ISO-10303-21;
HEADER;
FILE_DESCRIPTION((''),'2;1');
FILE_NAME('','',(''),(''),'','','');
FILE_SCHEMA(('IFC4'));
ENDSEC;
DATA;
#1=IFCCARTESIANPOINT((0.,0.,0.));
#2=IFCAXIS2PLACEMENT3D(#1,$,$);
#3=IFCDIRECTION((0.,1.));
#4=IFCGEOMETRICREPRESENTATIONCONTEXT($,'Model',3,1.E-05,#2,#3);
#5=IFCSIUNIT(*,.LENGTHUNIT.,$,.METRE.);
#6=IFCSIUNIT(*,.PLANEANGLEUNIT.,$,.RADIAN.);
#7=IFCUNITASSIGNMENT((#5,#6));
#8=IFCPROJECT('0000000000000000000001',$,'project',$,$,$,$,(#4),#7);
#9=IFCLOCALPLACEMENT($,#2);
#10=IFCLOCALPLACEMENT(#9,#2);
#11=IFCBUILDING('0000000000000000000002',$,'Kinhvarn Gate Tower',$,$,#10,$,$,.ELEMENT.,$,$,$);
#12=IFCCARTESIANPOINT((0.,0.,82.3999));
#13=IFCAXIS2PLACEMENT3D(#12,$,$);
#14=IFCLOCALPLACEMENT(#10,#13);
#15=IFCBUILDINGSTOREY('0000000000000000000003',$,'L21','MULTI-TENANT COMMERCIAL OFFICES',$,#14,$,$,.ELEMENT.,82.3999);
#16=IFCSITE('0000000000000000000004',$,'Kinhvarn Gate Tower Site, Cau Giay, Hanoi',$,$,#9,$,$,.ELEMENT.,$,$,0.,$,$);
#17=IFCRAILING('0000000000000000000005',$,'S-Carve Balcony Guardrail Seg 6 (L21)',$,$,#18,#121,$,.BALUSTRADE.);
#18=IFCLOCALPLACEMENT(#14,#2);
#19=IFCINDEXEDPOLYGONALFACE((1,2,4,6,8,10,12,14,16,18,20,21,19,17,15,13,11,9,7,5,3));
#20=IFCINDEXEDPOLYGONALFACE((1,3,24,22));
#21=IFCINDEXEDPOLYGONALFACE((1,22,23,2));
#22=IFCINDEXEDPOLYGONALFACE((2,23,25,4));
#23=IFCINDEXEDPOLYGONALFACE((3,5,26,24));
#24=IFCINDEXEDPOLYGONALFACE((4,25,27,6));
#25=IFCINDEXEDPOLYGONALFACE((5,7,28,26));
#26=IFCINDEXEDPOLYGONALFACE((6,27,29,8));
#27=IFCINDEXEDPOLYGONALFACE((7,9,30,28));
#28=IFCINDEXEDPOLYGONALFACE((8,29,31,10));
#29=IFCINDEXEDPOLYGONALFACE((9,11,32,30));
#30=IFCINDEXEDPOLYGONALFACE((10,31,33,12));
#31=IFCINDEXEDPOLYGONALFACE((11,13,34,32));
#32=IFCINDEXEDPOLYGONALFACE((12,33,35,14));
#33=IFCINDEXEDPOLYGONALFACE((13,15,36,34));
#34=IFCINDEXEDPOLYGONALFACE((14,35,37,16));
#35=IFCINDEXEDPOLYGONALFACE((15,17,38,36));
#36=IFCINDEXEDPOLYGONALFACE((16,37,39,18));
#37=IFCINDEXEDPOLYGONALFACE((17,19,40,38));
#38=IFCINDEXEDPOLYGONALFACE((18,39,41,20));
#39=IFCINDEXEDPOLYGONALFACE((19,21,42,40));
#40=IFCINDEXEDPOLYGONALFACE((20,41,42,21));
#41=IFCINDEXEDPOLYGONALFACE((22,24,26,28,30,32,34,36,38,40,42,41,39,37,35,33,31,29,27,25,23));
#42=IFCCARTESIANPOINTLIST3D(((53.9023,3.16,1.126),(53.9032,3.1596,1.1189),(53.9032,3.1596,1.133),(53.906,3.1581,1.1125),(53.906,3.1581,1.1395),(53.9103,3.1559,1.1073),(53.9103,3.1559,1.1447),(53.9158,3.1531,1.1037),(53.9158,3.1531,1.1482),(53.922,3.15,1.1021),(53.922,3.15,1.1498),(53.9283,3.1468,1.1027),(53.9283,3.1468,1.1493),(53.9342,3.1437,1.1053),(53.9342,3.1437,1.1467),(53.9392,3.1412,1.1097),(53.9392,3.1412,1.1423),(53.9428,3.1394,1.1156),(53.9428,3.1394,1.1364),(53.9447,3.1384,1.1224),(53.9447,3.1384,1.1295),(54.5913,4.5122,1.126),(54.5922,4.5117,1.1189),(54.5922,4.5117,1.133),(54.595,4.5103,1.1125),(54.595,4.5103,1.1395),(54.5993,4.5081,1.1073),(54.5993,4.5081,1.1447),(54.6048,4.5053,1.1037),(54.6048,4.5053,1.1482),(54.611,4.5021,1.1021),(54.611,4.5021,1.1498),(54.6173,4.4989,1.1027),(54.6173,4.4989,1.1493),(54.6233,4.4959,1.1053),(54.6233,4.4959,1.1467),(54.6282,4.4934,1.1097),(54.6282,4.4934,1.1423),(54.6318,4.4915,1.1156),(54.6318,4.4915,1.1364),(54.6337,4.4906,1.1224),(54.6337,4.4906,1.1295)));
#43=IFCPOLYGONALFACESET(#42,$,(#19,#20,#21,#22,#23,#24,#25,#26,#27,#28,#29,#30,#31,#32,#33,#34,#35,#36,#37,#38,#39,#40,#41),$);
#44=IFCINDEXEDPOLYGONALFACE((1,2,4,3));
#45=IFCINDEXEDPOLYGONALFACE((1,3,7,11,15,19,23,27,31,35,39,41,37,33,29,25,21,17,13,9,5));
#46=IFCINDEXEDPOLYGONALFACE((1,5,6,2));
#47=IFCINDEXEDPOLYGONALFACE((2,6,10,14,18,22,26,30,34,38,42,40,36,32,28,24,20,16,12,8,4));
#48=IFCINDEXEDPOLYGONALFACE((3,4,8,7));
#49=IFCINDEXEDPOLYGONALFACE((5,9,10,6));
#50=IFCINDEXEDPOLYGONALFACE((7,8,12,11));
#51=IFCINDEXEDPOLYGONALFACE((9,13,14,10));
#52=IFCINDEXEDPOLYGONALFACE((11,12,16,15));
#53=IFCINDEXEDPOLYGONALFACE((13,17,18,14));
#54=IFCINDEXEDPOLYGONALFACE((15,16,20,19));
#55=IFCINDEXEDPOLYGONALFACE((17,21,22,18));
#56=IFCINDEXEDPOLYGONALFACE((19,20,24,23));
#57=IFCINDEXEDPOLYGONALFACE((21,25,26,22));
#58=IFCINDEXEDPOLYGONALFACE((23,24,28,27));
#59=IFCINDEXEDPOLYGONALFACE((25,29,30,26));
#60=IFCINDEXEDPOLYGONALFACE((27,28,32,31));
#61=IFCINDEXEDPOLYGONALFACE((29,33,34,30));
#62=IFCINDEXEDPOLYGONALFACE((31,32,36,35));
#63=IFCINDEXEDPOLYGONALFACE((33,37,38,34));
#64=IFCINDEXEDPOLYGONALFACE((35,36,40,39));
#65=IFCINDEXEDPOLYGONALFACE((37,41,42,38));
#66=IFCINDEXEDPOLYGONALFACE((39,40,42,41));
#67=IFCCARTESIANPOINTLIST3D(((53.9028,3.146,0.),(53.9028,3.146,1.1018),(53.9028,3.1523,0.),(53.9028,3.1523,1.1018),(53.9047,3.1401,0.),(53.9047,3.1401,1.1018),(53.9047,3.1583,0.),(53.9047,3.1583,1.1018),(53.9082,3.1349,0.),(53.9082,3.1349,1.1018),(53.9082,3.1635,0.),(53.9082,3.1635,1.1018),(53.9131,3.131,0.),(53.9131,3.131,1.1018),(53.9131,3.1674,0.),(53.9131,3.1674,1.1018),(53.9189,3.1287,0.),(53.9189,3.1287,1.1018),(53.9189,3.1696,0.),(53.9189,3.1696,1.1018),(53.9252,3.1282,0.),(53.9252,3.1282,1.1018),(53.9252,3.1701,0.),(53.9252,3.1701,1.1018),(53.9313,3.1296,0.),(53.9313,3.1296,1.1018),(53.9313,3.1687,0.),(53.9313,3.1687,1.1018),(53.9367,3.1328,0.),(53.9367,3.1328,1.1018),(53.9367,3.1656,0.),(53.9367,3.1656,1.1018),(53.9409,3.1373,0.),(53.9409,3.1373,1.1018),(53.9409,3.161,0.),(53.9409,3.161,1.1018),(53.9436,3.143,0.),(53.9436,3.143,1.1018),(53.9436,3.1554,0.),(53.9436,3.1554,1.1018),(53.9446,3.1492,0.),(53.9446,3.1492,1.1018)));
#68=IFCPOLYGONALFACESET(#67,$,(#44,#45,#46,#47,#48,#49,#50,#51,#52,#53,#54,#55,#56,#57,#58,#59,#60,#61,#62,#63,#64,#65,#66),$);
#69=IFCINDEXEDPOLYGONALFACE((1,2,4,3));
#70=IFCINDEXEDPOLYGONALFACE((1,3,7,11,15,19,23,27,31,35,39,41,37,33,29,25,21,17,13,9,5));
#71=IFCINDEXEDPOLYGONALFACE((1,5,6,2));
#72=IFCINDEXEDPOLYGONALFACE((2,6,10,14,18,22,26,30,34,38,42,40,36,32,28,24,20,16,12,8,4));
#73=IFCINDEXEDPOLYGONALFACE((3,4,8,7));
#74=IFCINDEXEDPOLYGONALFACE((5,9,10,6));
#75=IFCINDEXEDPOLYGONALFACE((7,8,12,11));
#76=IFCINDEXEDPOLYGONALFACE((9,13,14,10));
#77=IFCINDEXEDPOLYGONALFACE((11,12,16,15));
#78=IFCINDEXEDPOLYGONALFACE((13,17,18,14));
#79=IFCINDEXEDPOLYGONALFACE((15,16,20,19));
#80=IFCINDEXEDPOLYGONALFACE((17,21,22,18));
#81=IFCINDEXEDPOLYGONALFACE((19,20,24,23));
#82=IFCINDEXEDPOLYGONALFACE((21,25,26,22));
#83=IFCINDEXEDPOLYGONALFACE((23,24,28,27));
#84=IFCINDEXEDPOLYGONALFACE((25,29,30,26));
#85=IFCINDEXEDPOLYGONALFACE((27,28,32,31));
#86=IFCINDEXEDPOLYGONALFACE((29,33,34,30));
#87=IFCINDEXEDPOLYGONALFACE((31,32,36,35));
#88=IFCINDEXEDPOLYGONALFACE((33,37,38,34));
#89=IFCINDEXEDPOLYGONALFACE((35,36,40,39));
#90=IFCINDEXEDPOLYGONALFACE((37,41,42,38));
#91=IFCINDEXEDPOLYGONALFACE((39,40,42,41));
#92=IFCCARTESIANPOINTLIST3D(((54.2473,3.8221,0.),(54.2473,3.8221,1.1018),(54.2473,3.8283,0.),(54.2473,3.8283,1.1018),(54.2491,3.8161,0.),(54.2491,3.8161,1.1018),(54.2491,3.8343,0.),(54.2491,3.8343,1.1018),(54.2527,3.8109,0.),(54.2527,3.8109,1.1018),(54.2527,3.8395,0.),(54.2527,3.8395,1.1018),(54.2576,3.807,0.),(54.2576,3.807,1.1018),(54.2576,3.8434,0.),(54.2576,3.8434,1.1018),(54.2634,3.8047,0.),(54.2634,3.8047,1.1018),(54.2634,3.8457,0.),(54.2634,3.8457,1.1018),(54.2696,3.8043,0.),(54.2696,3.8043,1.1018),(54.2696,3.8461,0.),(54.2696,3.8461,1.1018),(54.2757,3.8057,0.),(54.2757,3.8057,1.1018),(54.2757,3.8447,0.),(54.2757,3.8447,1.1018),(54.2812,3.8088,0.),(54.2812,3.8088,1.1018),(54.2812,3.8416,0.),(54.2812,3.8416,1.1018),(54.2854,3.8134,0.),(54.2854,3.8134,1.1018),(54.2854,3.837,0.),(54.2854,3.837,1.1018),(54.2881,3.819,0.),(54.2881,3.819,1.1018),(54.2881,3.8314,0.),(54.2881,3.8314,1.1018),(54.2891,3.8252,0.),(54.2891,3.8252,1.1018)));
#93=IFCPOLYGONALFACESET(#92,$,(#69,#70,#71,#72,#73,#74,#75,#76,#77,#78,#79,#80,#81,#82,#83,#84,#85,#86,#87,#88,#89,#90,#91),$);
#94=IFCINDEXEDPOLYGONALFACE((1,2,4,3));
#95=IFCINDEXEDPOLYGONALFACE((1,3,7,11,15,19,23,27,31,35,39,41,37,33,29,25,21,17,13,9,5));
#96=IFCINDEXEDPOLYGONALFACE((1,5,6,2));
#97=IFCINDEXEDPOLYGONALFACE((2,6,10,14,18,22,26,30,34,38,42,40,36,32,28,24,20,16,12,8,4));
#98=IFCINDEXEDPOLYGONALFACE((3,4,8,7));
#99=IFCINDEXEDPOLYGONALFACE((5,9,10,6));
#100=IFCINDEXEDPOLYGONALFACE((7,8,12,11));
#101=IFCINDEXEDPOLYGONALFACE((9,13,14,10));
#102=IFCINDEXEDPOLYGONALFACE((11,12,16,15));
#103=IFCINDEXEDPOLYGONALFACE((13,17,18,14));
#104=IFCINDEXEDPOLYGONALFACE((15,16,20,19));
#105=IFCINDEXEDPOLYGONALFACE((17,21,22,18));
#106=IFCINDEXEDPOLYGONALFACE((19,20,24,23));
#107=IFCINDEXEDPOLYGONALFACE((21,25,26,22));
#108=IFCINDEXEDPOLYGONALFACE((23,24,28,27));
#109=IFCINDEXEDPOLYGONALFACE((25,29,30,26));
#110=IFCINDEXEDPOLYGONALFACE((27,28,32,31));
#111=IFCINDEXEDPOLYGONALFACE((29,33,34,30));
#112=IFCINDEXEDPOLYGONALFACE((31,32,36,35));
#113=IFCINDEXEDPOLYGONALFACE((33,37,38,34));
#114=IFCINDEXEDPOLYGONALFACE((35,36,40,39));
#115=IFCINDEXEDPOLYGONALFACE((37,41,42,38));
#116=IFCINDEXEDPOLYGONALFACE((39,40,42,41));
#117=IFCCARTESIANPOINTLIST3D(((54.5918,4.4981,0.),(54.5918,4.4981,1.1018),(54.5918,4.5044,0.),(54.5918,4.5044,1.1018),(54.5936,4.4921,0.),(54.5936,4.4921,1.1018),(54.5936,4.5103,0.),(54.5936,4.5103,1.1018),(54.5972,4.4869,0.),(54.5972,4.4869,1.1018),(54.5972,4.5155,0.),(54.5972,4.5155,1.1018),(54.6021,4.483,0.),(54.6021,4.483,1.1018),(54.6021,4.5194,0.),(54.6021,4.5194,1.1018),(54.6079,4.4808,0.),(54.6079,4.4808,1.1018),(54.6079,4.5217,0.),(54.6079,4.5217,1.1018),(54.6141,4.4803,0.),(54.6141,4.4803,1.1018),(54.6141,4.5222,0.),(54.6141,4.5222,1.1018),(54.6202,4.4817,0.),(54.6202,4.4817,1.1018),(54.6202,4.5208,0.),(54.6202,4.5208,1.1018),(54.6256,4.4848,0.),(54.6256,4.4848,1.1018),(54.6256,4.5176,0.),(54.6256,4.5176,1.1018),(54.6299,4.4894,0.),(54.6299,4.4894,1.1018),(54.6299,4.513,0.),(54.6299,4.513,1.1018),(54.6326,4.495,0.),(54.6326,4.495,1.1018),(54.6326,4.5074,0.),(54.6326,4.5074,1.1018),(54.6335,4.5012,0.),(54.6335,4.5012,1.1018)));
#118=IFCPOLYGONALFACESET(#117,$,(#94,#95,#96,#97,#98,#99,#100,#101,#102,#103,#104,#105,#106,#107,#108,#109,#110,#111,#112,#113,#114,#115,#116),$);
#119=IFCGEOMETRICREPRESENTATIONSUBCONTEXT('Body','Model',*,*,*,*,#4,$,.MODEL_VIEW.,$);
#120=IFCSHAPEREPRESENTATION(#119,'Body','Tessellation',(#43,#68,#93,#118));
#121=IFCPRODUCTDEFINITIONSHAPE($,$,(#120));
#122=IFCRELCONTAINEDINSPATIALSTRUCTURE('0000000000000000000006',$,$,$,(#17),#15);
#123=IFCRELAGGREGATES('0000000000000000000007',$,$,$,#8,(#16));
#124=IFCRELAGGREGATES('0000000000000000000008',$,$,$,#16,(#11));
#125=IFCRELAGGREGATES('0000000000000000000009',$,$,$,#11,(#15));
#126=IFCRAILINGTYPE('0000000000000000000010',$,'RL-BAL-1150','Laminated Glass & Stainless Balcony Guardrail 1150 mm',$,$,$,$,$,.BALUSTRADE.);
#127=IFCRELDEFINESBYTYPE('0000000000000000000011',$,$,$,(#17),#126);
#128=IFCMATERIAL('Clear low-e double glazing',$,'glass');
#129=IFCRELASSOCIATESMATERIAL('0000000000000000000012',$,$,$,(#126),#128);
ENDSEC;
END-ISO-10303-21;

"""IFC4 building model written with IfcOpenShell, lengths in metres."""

from ifc_helpers import new_model, si_unit, direction, frame, origin, origin_2d, place, context, subcontext, project, spatial, circle, extrude, material, type_object, element, save


model = new_model("IFC4")

# Units and contexts
model_context = context("Model", 3, precision=1e-05, world=origin(), true_north=direction((0.0, 1.0)))
body_context = subcontext(model_context, "Body", "Model", "MODEL_VIEW")
ifc_project = project(units=[si_unit("LENGTHUNIT", "METRE"), si_unit("PLANEANGLEUNIT", "RADIAN")], contexts=[model_context])

# Site, building, storey
site_placement = place(None, origin())
site = spatial("IfcSite", under=ifc_project, at=site_placement, Name="Kinhvarn Gate Tower Site, Cau Giay, Hanoi", CompositionType="ELEMENT", RefElevation=0.0)
building_placement = place(site_placement, origin())
building = spatial("IfcBuilding", under=site, at=building_placement, Name="Kinhvarn Gate Tower", CompositionType="ELEMENT")
storey_placement = place(building_placement, frame((0.0, 0.0, 82.3999)))
storey = spatial("IfcBuildingStorey", under=building, at=storey_placement, Name="L21", Description="MULTI-TENANT COMMERCIAL OFFICES", CompositionType="ELEMENT", Elevation=82.3999)

# Shared definitions
ifc_material_1 = material(Name="Clear low-e double glazing", Category="glass")

# Railing
railing_type = type_object("IfcRailingType", Name="RL-BAL-1150", Description="Laminated Glass & Stainless Balcony Guardrail 1150 mm", PredefinedType="BALUSTRADE", material=ifc_material_1)
railing_1_placement = place(storey_placement, frame((53.9236, 3.1492, 0.0)))
element("IfcRailing", 1, at=railing_1_placement, inside=storey, type_object=railing_type, Name="S-Carve Balcony Guardrail Seg 6 (L21)", PredefinedType="BALUSTRADE", context=body_context, shape_type="SweptSolid", body=[
    extrude(circle(Radius=0.0239, at=origin_2d()), frame((0.0, 0.0, 1.126), z_axis=(0.454022, 0.89099, 0.0), x_axis=(-0.89099, 0.454022, 0.0)), (0.0, 0.0, 1.0), 1.5176),
    extrude(circle(Radius=0.021, at=origin_2d()), origin(), (0.0, 0.0, 1.0), 1.1018),
    extrude(circle(Radius=0.021, at=origin_2d()), frame((0.3445, 0.676, 0.0)), (0.0, 0.0, 1.0), 1.1018),
    extrude(circle(Radius=0.021, at=origin_2d()), frame((0.689, 1.3521, 0.0)), (0.0, 0.0, 1.0), 1.1018),
])

save(model, "model.ifc")
